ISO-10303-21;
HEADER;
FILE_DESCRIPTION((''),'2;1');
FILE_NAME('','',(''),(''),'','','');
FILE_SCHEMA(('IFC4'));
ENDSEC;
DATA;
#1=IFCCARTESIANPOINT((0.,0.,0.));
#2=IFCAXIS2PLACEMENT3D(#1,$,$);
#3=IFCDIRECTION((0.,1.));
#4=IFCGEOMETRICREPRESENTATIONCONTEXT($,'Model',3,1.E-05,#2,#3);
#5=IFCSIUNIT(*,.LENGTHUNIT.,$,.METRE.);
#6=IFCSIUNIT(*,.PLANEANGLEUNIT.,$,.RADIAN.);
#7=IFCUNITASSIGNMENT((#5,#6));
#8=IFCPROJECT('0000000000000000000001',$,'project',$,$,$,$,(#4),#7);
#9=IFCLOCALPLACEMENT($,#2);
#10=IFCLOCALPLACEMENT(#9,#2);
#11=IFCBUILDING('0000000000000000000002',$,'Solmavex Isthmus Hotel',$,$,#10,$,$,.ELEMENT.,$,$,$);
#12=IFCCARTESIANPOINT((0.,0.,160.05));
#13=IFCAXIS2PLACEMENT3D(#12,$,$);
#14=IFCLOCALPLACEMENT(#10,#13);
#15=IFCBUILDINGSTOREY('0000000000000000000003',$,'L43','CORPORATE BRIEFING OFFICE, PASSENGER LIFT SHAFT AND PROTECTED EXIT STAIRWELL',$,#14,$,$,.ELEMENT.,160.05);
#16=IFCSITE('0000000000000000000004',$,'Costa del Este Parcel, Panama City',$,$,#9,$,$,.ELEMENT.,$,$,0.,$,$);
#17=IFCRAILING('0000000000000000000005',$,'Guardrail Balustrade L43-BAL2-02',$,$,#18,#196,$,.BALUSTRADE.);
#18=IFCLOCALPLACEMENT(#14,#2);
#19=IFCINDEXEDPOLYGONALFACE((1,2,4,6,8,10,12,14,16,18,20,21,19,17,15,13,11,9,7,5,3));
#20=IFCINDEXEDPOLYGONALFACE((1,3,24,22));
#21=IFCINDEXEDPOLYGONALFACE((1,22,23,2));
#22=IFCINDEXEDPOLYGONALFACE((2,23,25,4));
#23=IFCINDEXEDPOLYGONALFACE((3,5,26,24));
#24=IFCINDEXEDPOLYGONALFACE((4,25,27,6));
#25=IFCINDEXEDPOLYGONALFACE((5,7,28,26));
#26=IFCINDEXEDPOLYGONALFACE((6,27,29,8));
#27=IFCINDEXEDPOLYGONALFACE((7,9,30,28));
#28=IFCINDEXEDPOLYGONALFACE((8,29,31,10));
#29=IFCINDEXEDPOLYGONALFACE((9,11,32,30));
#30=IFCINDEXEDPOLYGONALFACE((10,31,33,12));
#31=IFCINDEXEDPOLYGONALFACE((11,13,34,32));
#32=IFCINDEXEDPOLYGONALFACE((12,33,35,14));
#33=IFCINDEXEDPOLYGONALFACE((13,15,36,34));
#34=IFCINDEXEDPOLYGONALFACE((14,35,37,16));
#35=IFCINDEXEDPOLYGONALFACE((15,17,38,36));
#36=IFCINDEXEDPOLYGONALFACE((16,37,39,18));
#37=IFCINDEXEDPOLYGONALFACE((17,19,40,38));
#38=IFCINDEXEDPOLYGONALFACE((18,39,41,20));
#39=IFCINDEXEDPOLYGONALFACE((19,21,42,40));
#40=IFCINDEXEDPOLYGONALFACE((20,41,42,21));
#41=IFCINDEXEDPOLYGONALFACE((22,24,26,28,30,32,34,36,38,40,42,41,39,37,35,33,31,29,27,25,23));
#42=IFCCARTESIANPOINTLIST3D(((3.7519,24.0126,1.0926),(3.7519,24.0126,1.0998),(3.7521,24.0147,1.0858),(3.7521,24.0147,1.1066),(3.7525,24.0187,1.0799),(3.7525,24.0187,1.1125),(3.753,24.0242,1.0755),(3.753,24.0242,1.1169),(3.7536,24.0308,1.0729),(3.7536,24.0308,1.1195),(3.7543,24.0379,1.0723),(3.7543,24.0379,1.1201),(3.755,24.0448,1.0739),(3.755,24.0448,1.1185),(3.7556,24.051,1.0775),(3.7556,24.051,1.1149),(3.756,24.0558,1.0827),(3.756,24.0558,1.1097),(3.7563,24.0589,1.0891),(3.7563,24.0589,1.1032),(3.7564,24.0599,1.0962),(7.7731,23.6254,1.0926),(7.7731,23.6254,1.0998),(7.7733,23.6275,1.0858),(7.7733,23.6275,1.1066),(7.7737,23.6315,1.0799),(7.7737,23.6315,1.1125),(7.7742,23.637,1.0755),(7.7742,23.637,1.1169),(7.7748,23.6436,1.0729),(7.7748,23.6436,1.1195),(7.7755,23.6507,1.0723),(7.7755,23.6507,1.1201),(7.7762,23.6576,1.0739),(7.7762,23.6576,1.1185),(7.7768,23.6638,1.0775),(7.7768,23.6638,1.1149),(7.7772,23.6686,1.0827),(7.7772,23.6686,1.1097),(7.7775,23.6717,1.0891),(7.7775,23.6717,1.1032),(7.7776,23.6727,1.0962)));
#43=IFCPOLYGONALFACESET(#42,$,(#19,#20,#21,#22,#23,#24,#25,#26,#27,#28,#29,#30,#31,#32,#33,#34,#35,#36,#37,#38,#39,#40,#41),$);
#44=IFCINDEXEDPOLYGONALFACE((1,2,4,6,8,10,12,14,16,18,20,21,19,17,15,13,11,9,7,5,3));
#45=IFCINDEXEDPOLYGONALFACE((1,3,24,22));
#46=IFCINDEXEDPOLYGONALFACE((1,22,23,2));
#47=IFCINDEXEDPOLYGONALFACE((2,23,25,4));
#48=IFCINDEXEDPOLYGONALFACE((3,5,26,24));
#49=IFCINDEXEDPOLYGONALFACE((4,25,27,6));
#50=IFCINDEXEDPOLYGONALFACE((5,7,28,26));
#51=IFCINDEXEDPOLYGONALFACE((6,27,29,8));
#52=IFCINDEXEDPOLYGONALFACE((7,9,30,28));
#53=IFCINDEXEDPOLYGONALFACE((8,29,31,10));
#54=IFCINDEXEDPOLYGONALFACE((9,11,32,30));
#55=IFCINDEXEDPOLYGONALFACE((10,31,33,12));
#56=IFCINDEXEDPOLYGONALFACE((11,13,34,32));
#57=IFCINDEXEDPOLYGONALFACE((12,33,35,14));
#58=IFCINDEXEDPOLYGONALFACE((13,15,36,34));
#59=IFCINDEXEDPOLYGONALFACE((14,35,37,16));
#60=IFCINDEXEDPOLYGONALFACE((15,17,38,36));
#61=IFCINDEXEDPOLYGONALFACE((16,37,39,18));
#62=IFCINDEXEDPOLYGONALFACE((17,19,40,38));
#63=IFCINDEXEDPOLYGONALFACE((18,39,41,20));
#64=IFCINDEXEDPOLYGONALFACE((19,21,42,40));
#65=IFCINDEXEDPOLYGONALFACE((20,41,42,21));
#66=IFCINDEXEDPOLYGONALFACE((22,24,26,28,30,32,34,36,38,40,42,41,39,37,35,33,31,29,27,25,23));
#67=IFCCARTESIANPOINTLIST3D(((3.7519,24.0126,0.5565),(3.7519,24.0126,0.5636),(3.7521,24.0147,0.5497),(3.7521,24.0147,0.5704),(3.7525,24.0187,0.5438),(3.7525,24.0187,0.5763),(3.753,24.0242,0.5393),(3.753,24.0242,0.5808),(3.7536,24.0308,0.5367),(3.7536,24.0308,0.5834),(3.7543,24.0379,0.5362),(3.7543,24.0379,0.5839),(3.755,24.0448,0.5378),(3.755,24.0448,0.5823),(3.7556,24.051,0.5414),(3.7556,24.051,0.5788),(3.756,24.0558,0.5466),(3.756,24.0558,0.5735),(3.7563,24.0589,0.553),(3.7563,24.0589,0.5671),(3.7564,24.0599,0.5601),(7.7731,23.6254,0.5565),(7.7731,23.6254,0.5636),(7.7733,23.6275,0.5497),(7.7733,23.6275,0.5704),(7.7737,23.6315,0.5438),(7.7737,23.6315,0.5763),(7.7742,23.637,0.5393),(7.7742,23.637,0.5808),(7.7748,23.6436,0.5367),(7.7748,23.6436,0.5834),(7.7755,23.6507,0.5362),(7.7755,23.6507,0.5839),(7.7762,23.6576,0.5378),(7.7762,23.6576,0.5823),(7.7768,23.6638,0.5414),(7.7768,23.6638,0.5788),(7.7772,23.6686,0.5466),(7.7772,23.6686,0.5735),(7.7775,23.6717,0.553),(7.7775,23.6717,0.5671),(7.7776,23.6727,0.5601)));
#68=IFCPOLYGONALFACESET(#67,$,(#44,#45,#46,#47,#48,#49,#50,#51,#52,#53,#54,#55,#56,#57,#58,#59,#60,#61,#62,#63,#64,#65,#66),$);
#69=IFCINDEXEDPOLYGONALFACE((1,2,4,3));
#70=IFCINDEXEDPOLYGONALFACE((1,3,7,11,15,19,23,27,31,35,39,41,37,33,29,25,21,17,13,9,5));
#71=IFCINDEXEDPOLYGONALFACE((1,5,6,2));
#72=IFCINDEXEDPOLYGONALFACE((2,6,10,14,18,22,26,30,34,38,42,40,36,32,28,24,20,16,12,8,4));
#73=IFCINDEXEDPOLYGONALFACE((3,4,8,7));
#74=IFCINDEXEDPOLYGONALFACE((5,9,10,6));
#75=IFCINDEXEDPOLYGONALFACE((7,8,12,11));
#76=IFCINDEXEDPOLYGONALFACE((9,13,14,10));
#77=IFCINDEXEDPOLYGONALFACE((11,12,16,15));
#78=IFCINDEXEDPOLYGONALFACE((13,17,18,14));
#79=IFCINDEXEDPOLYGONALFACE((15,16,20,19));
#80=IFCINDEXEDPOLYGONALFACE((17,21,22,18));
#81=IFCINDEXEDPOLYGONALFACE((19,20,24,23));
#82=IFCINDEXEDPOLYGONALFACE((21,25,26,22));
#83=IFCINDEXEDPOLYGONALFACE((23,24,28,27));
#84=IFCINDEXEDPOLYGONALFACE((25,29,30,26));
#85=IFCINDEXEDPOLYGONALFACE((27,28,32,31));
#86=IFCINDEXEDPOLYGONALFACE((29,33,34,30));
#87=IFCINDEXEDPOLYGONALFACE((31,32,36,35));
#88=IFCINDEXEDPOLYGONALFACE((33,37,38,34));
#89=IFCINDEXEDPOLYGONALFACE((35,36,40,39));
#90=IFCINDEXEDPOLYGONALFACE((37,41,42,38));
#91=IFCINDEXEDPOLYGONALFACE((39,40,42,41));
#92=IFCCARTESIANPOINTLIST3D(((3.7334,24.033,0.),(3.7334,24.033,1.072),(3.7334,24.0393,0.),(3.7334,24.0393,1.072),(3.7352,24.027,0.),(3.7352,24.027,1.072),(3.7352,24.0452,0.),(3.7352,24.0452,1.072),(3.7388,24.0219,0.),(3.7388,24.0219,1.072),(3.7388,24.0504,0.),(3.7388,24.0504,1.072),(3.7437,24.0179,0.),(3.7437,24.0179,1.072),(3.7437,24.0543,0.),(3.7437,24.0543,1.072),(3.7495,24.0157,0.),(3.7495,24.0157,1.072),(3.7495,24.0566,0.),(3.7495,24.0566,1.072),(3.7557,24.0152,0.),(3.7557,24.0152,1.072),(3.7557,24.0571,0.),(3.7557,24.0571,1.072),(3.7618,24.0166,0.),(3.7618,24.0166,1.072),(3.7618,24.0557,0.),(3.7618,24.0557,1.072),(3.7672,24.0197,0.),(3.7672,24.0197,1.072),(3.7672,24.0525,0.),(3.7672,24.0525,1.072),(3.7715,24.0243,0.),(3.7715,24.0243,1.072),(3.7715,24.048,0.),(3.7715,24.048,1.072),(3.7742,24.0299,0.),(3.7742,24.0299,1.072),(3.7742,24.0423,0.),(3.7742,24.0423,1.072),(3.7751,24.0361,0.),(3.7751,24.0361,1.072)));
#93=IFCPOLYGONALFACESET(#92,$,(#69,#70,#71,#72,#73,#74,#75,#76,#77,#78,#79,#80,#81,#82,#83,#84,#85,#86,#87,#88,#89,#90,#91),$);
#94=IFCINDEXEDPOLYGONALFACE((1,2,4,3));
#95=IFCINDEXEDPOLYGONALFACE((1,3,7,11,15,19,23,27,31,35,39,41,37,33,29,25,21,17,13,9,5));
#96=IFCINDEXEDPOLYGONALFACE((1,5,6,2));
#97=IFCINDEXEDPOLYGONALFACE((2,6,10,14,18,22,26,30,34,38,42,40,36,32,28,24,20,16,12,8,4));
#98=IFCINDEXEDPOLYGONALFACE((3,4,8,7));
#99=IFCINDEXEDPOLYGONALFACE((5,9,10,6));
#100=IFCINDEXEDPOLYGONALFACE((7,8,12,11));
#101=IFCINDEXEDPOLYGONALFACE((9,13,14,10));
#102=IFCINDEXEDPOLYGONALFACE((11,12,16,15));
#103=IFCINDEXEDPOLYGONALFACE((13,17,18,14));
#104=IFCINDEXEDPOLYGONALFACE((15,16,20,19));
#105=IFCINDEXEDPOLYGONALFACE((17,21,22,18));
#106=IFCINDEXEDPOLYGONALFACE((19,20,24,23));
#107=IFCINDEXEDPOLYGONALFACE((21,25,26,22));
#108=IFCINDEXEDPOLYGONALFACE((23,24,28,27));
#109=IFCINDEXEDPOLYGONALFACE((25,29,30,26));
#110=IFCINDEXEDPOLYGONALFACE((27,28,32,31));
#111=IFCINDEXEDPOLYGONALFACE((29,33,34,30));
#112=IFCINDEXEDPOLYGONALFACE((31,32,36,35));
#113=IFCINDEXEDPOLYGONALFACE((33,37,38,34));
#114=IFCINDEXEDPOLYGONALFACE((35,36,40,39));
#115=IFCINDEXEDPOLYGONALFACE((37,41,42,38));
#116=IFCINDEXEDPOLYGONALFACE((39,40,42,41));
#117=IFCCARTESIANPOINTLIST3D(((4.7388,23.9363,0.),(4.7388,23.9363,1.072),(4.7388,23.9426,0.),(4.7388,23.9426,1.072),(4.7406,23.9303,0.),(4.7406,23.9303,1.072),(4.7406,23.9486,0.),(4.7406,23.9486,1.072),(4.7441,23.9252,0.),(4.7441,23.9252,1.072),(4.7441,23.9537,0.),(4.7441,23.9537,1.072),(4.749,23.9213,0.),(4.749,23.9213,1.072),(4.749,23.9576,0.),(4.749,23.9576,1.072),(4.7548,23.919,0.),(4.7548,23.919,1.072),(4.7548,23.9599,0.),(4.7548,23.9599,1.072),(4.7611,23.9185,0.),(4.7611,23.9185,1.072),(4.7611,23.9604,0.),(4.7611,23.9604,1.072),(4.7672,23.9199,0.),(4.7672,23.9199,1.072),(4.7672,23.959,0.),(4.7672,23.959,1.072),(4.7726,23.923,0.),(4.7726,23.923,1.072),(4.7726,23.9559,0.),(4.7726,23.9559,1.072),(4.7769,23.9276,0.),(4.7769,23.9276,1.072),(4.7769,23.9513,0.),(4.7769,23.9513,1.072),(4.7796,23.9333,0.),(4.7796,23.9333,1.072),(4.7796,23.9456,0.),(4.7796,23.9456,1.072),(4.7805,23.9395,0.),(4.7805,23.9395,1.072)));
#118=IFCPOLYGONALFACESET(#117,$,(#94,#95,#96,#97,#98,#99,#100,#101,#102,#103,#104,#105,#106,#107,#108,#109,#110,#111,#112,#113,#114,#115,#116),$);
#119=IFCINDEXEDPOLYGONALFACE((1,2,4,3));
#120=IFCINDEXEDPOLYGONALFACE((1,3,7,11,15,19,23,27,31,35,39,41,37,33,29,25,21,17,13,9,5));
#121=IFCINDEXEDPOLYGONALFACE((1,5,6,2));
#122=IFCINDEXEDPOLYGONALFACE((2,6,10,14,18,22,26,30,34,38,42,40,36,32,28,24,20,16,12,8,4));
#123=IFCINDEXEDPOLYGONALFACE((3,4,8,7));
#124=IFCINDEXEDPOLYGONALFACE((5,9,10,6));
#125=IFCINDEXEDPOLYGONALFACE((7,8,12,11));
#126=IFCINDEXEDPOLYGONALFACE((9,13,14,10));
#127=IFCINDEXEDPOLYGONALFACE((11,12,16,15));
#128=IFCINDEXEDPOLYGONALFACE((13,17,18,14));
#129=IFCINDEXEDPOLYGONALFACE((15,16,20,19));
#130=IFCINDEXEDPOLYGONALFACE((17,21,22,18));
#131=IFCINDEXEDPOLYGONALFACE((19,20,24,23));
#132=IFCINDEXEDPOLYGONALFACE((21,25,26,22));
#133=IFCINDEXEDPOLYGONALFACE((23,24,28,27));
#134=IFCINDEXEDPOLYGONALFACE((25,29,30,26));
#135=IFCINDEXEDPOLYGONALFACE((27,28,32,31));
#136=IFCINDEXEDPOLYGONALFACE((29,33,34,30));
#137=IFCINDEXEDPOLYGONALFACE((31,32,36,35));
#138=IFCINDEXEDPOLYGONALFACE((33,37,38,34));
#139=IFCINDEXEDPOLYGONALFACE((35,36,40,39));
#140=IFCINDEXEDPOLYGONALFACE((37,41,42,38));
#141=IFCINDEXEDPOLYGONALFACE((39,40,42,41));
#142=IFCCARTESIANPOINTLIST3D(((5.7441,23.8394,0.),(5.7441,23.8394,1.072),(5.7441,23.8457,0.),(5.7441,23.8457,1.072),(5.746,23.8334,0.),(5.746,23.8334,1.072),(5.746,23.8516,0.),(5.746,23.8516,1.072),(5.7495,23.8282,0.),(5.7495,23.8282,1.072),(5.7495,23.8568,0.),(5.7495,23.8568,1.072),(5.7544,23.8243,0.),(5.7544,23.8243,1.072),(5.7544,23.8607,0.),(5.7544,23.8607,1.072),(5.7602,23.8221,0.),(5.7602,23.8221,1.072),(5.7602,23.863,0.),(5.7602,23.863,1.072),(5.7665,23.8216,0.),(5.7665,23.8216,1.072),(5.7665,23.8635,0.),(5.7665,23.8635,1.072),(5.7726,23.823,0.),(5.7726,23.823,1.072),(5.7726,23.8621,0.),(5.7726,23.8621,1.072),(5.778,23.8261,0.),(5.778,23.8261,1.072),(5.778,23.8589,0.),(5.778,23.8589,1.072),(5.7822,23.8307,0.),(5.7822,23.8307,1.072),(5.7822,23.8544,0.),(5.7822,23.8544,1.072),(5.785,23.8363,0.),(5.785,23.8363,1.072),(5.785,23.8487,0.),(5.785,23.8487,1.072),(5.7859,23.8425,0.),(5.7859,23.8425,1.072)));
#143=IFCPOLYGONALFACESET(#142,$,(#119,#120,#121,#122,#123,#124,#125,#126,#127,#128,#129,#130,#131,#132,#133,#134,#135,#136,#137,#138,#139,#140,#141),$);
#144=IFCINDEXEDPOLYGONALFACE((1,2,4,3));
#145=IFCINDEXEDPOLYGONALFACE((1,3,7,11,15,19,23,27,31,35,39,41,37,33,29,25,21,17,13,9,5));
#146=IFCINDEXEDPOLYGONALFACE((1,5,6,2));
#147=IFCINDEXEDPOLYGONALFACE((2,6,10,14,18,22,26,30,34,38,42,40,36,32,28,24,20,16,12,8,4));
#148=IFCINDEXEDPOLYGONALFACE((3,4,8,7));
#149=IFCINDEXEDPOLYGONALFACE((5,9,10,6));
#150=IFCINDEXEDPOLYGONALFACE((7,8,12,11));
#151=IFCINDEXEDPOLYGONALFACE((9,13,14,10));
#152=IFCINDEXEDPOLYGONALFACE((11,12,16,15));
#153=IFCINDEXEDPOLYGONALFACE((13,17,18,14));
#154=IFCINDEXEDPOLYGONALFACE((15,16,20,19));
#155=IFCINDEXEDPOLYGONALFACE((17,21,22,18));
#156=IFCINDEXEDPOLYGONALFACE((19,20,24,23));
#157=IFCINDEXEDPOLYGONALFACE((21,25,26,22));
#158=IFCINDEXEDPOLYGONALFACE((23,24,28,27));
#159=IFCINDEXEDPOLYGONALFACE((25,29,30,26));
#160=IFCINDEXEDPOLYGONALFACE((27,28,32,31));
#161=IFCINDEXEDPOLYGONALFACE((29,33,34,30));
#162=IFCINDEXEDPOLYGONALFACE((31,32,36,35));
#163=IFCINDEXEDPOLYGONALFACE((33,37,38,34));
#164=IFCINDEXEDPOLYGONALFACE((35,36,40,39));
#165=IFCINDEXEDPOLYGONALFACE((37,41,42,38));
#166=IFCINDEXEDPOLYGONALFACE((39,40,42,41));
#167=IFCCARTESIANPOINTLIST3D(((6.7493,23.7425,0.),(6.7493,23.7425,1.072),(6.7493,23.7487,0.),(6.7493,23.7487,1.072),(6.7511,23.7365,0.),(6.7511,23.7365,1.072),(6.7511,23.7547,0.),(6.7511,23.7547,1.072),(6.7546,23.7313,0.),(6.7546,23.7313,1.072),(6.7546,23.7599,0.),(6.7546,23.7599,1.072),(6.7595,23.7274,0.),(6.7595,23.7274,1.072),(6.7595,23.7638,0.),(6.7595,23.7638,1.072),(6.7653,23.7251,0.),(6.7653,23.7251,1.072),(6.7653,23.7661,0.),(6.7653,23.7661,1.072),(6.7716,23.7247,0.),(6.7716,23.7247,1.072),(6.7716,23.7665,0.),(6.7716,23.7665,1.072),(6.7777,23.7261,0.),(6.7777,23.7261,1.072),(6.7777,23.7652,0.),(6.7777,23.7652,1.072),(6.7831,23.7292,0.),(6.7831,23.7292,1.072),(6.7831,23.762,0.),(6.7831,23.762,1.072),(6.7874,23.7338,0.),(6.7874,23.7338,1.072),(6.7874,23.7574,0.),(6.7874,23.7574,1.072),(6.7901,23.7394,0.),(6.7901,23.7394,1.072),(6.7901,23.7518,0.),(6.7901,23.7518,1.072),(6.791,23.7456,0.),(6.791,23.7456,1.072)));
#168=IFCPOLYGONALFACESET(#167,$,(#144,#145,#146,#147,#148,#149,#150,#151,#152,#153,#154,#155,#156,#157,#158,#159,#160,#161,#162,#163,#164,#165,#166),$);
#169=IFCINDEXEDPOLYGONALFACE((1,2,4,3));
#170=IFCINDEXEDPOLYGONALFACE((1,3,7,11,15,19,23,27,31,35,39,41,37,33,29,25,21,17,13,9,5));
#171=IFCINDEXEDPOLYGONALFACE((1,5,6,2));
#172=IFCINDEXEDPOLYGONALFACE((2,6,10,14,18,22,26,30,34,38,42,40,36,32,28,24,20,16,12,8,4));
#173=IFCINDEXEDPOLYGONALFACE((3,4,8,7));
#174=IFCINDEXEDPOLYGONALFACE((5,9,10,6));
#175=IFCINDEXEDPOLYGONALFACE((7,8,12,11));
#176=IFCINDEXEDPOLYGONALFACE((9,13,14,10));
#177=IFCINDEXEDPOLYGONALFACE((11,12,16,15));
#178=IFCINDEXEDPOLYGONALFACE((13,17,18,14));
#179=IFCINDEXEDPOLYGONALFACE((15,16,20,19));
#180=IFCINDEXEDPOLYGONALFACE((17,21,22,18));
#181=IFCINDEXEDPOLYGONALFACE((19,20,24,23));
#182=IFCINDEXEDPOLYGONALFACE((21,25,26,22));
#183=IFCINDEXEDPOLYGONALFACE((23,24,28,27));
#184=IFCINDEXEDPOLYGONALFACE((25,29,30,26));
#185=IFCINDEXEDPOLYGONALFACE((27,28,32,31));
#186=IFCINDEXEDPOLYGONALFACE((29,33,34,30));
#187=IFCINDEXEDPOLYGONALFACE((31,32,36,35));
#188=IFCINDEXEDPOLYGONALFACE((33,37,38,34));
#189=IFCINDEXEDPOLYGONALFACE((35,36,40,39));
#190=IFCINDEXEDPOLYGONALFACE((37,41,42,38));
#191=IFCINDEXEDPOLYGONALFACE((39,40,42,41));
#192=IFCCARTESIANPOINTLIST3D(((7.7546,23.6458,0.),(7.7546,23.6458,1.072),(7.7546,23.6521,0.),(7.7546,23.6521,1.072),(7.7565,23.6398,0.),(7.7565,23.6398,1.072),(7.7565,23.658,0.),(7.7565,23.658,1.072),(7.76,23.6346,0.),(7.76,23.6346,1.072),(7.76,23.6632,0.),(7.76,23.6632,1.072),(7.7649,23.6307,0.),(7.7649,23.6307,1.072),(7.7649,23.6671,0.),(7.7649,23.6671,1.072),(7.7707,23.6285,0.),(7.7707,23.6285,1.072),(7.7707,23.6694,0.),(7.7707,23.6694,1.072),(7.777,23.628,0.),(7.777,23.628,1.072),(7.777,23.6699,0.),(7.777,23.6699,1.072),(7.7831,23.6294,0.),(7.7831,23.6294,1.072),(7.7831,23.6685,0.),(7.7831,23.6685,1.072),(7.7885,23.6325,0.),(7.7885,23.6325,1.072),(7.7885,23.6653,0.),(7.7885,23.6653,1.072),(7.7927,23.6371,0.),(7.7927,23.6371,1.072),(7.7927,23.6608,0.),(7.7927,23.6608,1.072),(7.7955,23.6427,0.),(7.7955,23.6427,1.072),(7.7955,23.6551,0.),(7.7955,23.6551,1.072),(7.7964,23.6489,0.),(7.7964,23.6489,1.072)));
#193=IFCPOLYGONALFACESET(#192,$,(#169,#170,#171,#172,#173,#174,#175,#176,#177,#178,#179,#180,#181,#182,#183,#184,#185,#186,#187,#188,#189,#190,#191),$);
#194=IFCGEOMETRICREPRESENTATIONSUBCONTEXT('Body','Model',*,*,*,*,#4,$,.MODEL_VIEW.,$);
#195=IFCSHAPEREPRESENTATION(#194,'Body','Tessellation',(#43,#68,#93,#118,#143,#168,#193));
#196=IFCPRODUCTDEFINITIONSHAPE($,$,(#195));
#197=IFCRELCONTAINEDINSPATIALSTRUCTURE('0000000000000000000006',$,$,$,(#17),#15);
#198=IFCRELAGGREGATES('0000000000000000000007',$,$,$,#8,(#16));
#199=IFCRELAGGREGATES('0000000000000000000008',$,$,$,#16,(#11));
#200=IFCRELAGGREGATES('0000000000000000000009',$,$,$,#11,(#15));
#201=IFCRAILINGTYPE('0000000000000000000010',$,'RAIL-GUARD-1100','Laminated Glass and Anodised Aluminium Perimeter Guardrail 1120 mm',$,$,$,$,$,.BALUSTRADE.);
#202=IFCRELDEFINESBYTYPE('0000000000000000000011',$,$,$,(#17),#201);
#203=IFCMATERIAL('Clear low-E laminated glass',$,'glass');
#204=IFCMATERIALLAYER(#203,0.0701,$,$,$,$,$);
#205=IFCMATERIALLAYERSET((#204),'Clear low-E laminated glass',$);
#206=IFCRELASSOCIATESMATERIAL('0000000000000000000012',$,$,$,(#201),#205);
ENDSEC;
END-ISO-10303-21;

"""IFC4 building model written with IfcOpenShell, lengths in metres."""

from ifc_helpers import new_model, si_unit, direction, frame, origin, origin_2d, place, context, subcontext, project, spatial, circle, extrude, material, layer, layer_set, type_object, element, save


model = new_model("IFC4")

# Units and contexts
model_context = context("Model", 3, precision=1e-05, world=origin(), true_north=direction((0.0, 1.0)))
body_context = subcontext(model_context, "Body", "Model", "MODEL_VIEW")
ifc_project = project(units=[si_unit("LENGTHUNIT", "METRE"), si_unit("PLANEANGLEUNIT", "RADIAN")], contexts=[model_context])

# Site, building, storey
site_placement = place(None, origin())
site = spatial("IfcSite", under=ifc_project, at=site_placement, Name="Costa del Este Parcel, Panama City", CompositionType="ELEMENT", RefElevation=0.0)
building_placement = place(site_placement, origin())
building = spatial("IfcBuilding", under=site, at=building_placement, Name="Solmavex Isthmus Hotel", CompositionType="ELEMENT")
storey_placement = place(building_placement, frame((0.0, 0.0, 160.05)))
storey = spatial("IfcBuildingStorey", under=building, at=storey_placement, Name="L43", Description="CORPORATE BRIEFING OFFICE, PASSENGER LIFT SHAFT AND PROTECTED EXIT STAIRWELL", CompositionType="ELEMENT", Elevation=160.05)

# Shared definitions
ifc_material_1 = material(Name="Clear low-E laminated glass", Category="glass")

# Railing
ifc_layer_1 = layer(ifc_material_1, 0.0701)
ifc_layer_set_1 = layer_set([ifc_layer_1], Name="Clear low-E laminated glass")
railing_type = type_object("IfcRailingType", Name="RAIL-GUARD-1100", Description="Laminated Glass and Anodised Aluminium Perimeter Guardrail 1120 mm", PredefinedType="BALUSTRADE", material=ifc_layer_set_1)
railing_1_placement = place(storey_placement, frame((3.7542, 24.0361, 0.0)))
element("IfcRailing", 1, at=railing_1_placement, inside=storey, type_object=railing_type, Name="Guardrail Balustrade L43-BAL2-02", PredefinedType="BALUSTRADE", context=body_context, shape_type="SweptSolid", body=[
    extrude(circle(Radius=0.0239, at=origin_2d()), frame((0.0, 0.0, 1.0962), z_axis=(0.995396, -0.095847, 0.0), x_axis=(0.095847, 0.995396, 0.0)), (0.0, 0.0, 1.0), 4.0398),
    extrude(circle(Radius=0.0239, at=origin_2d()), frame((0.0, 0.0, 0.5601), z_axis=(0.995396, -0.095847, 0.0), x_axis=(0.095847, 0.995396, 0.0)), (0.0, 0.0, 1.0), 4.0398),
    extrude(circle(Radius=0.021, at=origin_2d()), origin(), (0.0, 0.0, 1.0), 1.072),
    extrude(circle(Radius=0.021, at=origin_2d()), frame((1.0054, -0.0967, 0.0)), (0.0, 0.0, 1.0), 1.072),
    extrude(circle(Radius=0.021, at=origin_2d()), frame((2.0107, -0.1936, 0.0)), (0.0, 0.0, 1.0), 1.072),
    extrude(circle(Radius=0.021, at=origin_2d()), frame((3.0159, -0.2905, 0.0)), (0.0, 0.0, 1.0), 1.072),
    extrude(circle(Radius=0.021, at=origin_2d()), frame((4.0212, -0.3872, 0.0)), (0.0, 0.0, 1.0), 1.072),
])

save(model, "model.ifc")
